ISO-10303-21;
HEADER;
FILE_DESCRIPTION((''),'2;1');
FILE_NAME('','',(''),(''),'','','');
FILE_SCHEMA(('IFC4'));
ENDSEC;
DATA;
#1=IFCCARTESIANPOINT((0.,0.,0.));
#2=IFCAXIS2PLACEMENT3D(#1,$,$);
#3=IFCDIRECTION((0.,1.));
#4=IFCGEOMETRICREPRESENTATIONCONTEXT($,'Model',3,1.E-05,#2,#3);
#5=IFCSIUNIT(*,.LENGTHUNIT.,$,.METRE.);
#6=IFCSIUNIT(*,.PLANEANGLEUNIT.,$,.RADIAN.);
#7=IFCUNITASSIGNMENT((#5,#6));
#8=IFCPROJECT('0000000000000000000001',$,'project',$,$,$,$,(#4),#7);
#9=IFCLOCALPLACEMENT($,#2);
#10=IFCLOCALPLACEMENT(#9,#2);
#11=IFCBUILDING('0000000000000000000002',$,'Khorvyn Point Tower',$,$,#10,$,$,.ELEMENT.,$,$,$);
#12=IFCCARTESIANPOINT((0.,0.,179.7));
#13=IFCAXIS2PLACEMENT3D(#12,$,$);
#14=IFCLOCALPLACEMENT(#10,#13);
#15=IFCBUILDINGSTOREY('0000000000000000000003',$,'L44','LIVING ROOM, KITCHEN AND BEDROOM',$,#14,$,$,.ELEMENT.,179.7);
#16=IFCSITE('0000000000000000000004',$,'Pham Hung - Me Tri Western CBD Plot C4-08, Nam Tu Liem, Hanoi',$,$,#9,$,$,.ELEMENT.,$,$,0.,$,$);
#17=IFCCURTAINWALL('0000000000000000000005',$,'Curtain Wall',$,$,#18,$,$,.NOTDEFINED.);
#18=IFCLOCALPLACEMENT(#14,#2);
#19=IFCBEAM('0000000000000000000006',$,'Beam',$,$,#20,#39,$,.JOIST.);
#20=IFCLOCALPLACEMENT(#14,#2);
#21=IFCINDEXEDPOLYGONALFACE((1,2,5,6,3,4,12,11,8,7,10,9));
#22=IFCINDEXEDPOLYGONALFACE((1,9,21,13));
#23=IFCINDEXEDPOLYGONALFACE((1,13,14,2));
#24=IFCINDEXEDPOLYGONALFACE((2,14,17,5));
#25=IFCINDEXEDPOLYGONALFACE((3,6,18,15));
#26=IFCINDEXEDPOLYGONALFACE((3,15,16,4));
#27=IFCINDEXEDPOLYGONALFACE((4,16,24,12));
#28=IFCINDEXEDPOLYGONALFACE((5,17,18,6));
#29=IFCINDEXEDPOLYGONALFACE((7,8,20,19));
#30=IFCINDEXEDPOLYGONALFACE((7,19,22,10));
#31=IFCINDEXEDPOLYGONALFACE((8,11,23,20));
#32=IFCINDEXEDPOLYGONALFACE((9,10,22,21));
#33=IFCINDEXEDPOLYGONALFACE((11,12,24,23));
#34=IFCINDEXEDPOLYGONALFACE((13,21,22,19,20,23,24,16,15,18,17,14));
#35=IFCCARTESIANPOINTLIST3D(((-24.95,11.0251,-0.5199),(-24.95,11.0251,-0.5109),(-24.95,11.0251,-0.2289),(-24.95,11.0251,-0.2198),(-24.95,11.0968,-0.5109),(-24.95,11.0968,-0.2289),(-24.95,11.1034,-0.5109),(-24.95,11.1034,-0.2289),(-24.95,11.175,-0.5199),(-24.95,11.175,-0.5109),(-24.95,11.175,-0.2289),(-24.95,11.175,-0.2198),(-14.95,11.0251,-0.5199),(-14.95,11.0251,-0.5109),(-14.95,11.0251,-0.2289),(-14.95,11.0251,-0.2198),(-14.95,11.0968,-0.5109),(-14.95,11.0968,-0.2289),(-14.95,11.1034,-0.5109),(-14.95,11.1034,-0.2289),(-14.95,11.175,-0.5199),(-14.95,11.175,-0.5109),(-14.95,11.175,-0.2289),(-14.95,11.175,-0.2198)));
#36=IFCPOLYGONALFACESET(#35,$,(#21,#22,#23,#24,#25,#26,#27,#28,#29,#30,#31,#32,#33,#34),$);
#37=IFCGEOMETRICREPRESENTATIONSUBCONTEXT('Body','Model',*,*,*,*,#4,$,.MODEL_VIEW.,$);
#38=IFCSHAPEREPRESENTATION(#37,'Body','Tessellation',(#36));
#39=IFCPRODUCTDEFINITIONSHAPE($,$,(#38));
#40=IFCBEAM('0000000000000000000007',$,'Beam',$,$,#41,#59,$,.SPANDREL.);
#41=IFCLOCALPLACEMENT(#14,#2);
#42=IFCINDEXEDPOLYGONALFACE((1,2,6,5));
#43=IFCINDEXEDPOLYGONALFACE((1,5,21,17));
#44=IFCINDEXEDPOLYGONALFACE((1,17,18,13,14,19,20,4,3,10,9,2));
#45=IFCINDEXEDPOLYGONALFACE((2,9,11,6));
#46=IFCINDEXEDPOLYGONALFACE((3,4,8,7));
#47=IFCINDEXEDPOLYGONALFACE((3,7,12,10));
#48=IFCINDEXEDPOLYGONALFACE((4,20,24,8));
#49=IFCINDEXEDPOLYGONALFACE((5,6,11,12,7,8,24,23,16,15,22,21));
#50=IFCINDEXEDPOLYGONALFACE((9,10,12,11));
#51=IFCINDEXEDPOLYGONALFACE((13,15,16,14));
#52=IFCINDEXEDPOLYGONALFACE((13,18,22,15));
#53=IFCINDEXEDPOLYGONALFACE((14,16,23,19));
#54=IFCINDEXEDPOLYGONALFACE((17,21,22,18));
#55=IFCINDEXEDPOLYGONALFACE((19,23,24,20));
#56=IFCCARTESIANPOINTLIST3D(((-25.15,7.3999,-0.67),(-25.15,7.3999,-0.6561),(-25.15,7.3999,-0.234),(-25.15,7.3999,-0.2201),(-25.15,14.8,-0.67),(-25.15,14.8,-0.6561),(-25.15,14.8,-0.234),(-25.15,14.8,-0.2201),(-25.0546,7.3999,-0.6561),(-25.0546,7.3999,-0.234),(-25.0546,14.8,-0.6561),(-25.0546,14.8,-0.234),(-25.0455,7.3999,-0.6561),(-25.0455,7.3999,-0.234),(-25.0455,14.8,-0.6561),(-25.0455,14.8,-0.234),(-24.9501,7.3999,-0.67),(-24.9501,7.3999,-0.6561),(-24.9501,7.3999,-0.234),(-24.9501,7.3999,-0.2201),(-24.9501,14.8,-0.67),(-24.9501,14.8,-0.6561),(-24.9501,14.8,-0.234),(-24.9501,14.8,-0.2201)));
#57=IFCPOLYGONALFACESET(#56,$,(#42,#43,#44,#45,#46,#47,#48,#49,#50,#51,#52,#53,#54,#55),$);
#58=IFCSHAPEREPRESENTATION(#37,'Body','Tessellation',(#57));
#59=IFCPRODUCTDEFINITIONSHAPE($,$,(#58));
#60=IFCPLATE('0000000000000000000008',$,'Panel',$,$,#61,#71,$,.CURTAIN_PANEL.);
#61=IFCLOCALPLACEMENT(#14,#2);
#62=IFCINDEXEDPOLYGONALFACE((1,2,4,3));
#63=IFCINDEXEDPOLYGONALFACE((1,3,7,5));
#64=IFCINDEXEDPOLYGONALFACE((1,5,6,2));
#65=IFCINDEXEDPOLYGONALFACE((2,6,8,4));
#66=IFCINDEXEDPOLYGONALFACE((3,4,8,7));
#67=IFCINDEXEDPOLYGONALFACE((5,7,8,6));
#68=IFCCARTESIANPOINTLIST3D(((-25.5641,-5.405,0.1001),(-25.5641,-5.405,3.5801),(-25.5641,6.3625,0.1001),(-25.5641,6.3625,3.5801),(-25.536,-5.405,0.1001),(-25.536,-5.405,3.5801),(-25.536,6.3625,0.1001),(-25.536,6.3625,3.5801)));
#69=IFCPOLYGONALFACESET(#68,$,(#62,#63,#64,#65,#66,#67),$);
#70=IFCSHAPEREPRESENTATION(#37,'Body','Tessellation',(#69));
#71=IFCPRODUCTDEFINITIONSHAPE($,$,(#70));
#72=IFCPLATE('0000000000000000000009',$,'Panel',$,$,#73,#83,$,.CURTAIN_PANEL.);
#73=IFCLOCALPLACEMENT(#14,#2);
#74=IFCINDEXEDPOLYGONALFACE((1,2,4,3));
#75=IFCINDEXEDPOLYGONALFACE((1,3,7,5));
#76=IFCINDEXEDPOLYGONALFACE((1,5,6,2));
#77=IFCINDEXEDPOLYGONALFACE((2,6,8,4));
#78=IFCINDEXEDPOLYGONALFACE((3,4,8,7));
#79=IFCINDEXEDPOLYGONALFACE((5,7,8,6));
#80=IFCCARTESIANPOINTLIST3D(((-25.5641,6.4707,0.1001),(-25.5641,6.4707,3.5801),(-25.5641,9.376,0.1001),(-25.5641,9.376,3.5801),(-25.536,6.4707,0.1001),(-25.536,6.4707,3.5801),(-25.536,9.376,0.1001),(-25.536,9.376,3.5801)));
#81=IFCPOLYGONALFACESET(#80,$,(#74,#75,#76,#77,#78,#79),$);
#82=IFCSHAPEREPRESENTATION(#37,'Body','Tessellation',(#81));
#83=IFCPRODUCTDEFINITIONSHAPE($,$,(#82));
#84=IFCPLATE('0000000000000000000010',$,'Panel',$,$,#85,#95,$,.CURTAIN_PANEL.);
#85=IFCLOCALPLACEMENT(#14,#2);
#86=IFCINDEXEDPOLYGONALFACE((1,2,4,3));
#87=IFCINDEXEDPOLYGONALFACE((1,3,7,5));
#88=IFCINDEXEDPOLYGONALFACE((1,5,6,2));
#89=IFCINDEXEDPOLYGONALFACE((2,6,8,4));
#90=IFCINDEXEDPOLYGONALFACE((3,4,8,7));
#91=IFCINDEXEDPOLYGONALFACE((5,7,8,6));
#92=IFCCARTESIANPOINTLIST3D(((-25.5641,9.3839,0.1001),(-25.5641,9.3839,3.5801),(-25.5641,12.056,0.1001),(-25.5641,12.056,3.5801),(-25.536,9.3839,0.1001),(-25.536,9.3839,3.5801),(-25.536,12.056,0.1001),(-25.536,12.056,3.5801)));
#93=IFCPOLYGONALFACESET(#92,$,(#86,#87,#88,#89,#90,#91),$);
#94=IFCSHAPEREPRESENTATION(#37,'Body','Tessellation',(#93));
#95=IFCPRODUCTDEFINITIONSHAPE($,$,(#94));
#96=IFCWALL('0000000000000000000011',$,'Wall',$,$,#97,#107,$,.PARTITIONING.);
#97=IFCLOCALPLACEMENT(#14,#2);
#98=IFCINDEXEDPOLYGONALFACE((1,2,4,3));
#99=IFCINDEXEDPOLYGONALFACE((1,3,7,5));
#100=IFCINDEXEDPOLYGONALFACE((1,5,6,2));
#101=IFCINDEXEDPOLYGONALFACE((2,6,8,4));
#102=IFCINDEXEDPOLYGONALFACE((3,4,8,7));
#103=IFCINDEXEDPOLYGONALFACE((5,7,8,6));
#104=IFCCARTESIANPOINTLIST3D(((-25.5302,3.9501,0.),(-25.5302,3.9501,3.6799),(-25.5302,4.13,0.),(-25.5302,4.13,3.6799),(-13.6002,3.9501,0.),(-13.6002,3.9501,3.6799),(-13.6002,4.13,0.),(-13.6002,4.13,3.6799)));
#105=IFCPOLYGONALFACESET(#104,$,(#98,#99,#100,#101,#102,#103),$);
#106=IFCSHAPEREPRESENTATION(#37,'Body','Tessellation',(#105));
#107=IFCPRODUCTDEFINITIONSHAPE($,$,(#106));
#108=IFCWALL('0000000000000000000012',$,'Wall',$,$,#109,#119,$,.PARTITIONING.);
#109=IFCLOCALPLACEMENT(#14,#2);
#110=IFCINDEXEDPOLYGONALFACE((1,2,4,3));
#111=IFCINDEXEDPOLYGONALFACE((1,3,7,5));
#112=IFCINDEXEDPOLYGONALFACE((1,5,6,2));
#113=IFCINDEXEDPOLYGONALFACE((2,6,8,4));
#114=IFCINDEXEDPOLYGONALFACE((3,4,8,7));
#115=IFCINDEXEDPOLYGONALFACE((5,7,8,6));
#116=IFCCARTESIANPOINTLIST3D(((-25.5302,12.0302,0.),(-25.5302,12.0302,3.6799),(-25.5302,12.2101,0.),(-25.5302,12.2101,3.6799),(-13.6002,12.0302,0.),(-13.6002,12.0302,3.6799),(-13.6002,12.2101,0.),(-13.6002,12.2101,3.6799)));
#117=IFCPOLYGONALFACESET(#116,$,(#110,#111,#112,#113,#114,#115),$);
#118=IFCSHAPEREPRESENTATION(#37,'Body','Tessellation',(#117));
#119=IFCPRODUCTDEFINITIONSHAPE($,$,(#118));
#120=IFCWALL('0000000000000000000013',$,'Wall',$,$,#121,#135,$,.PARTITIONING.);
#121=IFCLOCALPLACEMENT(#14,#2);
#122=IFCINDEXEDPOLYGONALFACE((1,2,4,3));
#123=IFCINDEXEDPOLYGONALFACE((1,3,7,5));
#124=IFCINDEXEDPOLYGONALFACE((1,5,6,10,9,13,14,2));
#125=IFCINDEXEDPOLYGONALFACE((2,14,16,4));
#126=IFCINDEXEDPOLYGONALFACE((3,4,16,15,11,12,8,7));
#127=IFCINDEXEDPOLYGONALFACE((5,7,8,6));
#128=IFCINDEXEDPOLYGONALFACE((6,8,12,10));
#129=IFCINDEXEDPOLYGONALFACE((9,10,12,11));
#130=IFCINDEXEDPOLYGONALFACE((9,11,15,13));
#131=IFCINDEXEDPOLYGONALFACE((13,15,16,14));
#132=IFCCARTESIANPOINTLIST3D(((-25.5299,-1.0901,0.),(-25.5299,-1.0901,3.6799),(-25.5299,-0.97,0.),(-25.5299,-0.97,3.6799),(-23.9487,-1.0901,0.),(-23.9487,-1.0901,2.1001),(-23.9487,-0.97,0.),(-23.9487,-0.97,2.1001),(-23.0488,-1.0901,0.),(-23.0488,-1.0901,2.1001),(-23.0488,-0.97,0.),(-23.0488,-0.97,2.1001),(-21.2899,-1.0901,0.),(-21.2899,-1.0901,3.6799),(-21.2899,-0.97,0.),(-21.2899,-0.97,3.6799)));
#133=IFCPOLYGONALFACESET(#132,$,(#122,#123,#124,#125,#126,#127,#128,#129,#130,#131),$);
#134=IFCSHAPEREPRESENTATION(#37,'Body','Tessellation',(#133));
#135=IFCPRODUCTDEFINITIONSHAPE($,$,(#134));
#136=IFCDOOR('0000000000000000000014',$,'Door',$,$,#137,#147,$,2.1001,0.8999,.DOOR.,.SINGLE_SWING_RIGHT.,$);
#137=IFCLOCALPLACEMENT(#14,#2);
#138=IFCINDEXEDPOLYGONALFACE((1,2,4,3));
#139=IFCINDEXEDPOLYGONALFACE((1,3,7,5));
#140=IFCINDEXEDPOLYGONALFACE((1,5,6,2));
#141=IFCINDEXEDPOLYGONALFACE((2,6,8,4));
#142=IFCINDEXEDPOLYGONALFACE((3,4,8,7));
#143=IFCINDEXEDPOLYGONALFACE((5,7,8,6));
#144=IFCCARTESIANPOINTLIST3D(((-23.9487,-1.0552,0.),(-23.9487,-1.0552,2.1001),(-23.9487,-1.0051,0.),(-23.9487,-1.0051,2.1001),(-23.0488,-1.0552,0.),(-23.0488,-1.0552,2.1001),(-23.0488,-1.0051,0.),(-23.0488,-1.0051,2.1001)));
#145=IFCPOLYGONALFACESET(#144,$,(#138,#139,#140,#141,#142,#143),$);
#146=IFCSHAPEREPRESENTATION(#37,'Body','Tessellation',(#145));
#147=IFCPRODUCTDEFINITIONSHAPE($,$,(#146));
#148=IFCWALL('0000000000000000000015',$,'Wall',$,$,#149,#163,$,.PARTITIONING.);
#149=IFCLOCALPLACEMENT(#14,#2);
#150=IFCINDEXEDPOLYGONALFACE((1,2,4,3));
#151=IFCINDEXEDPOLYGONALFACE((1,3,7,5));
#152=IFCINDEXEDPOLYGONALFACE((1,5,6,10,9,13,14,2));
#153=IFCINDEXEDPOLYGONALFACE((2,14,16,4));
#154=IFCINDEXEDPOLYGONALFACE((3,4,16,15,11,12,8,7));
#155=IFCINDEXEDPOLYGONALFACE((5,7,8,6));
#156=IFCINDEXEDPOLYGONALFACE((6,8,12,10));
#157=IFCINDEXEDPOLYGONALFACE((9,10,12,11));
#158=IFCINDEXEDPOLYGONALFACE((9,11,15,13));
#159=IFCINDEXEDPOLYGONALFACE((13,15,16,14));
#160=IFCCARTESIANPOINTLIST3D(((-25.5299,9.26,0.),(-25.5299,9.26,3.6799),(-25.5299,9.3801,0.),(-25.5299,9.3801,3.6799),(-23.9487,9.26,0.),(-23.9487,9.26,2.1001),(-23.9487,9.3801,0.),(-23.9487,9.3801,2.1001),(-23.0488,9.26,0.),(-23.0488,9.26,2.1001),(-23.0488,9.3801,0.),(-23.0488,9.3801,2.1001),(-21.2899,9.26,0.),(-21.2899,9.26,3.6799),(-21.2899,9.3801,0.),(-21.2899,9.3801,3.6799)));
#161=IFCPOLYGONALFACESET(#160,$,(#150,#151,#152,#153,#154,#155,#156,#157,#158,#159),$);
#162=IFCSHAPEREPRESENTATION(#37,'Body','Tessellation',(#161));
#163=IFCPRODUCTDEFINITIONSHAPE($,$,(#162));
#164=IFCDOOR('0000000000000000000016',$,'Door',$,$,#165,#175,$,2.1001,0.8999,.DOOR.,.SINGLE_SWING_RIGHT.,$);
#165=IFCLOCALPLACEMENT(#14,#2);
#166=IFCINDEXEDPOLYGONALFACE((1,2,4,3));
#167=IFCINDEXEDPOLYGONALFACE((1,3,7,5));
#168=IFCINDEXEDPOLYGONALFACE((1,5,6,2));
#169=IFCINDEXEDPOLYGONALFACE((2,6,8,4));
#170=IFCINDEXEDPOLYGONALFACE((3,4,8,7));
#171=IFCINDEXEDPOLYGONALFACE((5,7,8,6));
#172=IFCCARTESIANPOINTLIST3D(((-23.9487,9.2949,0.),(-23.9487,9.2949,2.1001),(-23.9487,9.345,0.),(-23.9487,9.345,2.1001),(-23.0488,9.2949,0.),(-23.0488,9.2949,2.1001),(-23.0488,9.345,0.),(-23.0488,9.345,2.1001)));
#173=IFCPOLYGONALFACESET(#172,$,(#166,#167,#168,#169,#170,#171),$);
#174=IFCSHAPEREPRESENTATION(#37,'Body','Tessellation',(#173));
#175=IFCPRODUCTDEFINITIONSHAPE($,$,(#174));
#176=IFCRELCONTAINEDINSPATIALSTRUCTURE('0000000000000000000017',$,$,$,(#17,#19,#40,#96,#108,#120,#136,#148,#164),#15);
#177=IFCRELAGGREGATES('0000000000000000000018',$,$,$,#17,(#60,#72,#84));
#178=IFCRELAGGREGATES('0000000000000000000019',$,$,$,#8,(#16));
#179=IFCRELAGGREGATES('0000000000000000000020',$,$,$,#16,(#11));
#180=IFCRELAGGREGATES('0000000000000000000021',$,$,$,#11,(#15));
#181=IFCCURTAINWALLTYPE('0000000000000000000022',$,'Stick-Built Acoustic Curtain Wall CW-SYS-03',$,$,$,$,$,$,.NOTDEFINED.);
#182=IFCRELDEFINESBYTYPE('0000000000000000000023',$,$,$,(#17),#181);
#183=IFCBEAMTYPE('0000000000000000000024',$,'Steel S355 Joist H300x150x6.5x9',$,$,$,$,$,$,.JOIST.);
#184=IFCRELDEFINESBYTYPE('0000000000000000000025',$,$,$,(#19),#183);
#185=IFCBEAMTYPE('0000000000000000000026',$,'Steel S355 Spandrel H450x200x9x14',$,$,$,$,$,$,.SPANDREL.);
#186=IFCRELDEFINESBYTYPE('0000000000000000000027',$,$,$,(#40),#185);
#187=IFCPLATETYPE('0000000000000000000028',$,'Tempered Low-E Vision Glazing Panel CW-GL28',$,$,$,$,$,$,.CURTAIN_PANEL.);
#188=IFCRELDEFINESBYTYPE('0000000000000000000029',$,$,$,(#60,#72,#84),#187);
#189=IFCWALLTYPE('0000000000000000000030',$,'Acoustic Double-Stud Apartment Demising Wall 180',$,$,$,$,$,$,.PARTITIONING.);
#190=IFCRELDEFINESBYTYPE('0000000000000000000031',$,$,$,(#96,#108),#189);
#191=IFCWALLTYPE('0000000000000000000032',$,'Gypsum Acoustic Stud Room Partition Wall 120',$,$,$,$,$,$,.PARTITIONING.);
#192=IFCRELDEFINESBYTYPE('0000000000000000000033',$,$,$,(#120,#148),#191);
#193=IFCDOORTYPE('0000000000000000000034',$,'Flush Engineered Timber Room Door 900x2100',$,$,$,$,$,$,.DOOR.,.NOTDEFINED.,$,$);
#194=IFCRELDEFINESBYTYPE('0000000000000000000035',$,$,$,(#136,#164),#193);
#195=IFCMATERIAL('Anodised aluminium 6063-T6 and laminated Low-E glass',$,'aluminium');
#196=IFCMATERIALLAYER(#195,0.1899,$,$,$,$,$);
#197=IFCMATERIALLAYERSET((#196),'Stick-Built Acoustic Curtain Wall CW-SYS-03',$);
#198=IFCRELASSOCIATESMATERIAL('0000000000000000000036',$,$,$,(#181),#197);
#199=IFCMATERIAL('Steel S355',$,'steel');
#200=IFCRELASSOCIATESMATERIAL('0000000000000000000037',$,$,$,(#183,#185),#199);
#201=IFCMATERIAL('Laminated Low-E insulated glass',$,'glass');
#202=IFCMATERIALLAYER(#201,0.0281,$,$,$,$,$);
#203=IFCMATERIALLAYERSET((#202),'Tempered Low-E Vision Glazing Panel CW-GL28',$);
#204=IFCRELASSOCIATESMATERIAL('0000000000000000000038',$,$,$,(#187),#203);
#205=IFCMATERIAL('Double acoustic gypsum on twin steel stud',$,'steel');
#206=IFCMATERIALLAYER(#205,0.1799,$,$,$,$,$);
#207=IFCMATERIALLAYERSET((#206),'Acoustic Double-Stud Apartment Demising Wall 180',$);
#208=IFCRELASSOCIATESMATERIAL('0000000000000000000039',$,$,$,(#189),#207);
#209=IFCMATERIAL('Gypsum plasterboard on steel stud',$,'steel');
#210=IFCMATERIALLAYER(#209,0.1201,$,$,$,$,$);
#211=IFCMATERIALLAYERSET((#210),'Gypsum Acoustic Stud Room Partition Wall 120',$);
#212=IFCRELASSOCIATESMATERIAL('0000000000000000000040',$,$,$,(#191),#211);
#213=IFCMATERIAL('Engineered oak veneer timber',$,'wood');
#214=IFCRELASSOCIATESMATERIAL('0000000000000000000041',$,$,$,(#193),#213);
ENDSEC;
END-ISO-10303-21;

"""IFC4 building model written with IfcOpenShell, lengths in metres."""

from ifc_helpers import new_model, si_unit, direction, frame, frame_2d, origin, origin_2d, place, context, subcontext, project, spatial, rectangle, i_section, extrude, material, layer, layer_set, material_profile, profile_set, type_object, element, fill, aggregate, save


model = new_model("IFC4")

# Units and contexts
model_context = context("Model", 3, precision=1e-05, world=origin(), true_north=direction((0.0, 1.0)))
body_context = subcontext(model_context, "Body", "Model", "MODEL_VIEW")
ifc_project = project(units=[si_unit("LENGTHUNIT", "METRE"), si_unit("PLANEANGLEUNIT", "RADIAN")], contexts=[model_context])

# Site, building, storey
site_placement = place(None, origin())
site = spatial("IfcSite", under=ifc_project, at=site_placement, Name="Pham Hung - Me Tri Western CBD Plot C4-08, Nam Tu Liem, Hanoi", CompositionType="ELEMENT", RefElevation=0.0)
building_placement = place(site_placement, origin())
building = spatial("IfcBuilding", under=site, at=building_placement, Name="Khorvyn Point Tower", CompositionType="ELEMENT")
storey_placement = place(building_placement, frame((0.0, 0.0, 179.7)))
storey = spatial("IfcBuildingStorey", under=building, at=storey_placement, Name="L44", Description="LIVING ROOM, KITCHEN AND BEDROOM", CompositionType="ELEMENT", Elevation=179.7)

# Curtain wall
ifc_material_1 = material(Name="Anodised aluminium 6063-T6 and laminated Low-E glass", Category="aluminium")
ifc_layer_1 = layer(ifc_material_1, 0.1899)
ifc_layer_set_1 = layer_set([ifc_layer_1], Name="Stick-Built Acoustic Curtain Wall CW-SYS-03")
curtain_wall_type = type_object("IfcCurtainWallType", Name="Stick-Built Acoustic Curtain Wall CW-SYS-03", PredefinedType="NOTDEFINED", material=ifc_layer_set_1)
curtain_wall_placement = place(storey_placement, origin())
curtain_wall = element("IfcCurtainWall", 1, at=curtain_wall_placement, inside=storey, type_object=curtain_wall_type, Name="Curtain Wall", PredefinedType="NOTDEFINED")

# Beams
ifc_material_2 = material(Name="Steel S355", Category="steel")
ifc_material_profile_1 = material_profile(ifc_material_2, i_section(OverallWidth=0.1499, OverallDepth=0.3, WebThickness=0.0066, FlangeThickness=0.009, at=origin_2d()))
ifc_profile_set_1 = profile_set([ifc_material_profile_1], Name="Steel S355 H300x150x6.5x9")
beam_type_1 = type_object("IfcBeamType", Name="Steel S355 Joist H300x150x6.5x9", PredefinedType="JOIST", material=ifc_profile_set_1)
beam_1_placement = place(storey_placement, frame((-24.95, 11.1001, -0.3699), z_axis=(1.0, 0.0, 0.0), x_axis=(0.0, 1.0, 0.0)))
element("IfcBeam", 2, at=beam_1_placement, inside=storey, type_object=beam_type_1, Name="Beam", PredefinedType="JOIST", context=body_context, shape_type="SweptSolid", body=[
    extrude(i_section(OverallWidth=0.1499, OverallDepth=0.3, WebThickness=0.0066, FlangeThickness=0.009, at=origin_2d()), origin(), (0.0, 0.0, 1.0), 10.0),
])
ifc_material_profile_2 = material_profile(ifc_material_2, i_section(OverallWidth=0.2, OverallDepth=0.45, WebThickness=0.009, FlangeThickness=0.0139, at=origin_2d()))
ifc_profile_set_2 = profile_set([ifc_material_profile_2], Name="Steel S355 H450x200x9x14")
beam_type_2 = type_object("IfcBeamType", Name="Steel S355 Spandrel H450x200x9x14", PredefinedType="SPANDREL", material=ifc_profile_set_2)
beam_2_placement = place(storey_placement, frame((-25.05, 7.3999, -0.4451), z_axis=(0.0, 1.0, 0.0), x_axis=(-1.0, 0.0, 0.0)))
element("IfcBeam", 3, at=beam_2_placement, inside=storey, type_object=beam_type_2, Name="Beam", PredefinedType="SPANDREL", context=body_context, shape_type="SweptSolid", body=[
    extrude(i_section(OverallWidth=0.2, OverallDepth=0.45, WebThickness=0.009, FlangeThickness=0.0139, at=origin_2d()), origin(), (0.0, 0.0, 1.0), 7.4001),
])

# Plates
ifc_material_3 = material(Name="Laminated Low-E insulated glass", Category="glass")
ifc_layer_2 = layer(ifc_material_3, 0.0281)
ifc_layer_set_2 = layer_set([ifc_layer_2], Name="Tempered Low-E Vision Glazing Panel CW-GL28")
plate_type = type_object("IfcPlateType", Name="Tempered Low-E Vision Glazing Panel CW-GL28", PredefinedType="CURTAIN_PANEL", material=ifc_layer_set_2)
plate_1_placement = place(storey_placement, frame((-25.55, 0.4788, 0.1001), z_axis=(0.0, 0.0, 1.0), x_axis=(0.0, 1.0, 0.0)))
plate_1 = element("IfcPlate", 4, at=plate_1_placement, type_object=plate_type, Name="Panel", PredefinedType="CURTAIN_PANEL", context=body_context, shape_type="SweptSolid", body=[
    extrude(rectangle(XDim=11.7676, YDim=0.0281, at=origin_2d()), origin(), (0.0, 0.0, 1.0), 3.48),
])
plate_2_placement = place(storey_placement, frame((-25.55, 7.9233, 0.1001), z_axis=(0.0, 0.0, 1.0), x_axis=(0.0, 1.0, 0.0)))
plate_2 = element("IfcPlate", 5, at=plate_2_placement, type_object=plate_type, Name="Panel", PredefinedType="CURTAIN_PANEL", context=body_context, shape_type="SweptSolid", body=[
    extrude(rectangle(XDim=2.9053, YDim=0.0281, at=origin_2d()), origin(), (0.0, 0.0, 1.0), 3.48),
])
plate_3_placement = place(storey_placement, frame((-25.55, 10.72, 0.1001), z_axis=(0.0, 0.0, 1.0), x_axis=(0.0, 1.0, 0.0)))
plate_3 = element("IfcPlate", 6, at=plate_3_placement, type_object=plate_type, Name="Panel", PredefinedType="CURTAIN_PANEL", context=body_context, shape_type="SweptSolid", body=[
    extrude(rectangle(XDim=2.6721, YDim=0.0281, at=origin_2d()), origin(), (0.0, 0.0, 1.0), 3.48),
])
aggregate(curtain_wall, [plate_1, plate_2, plate_3])

# Walls
ifc_material_4 = material(Name="Double acoustic gypsum on twin steel stud", Category="steel")
ifc_layer_3 = layer(ifc_material_4, 0.1799)
ifc_layer_set_3 = layer_set([ifc_layer_3], Name="Acoustic Double-Stud Apartment Demising Wall 180")
wall_type_1 = type_object("IfcWallType", Name="Acoustic Double-Stud Apartment Demising Wall 180", PredefinedType="PARTITIONING", material=ifc_layer_set_3)
for number, where, z_axis, x_axis, name in (
    (7, (-25.53, 4.04, 0.0), (0.0, 0.0, 1.0), (1.0, 0.0, 0.0), "Wall"),
    (8, (-25.53, 12.1201, 0.0), (0.0, 0.0, 1.0), (1.0, 0.0, 0.0), "Wall"),
):
    element("IfcWall", number, at=place(storey_placement, frame(where, z_axis=z_axis, x_axis=x_axis)), inside=storey, type_object=wall_type_1, Name=name, PredefinedType="PARTITIONING", context=body_context, shape_type="SweptSolid", body=[
        extrude(rectangle(XDim=11.9299, YDim=0.1799, at=frame_2d((5.9648, 0.0))), origin(), (0.0, 0.0, 1.0), 3.6799),
    ])

# Walls, openings, doors
ifc_material_5 = material(Name="Gypsum plasterboard on steel stud", Category="steel")
ifc_layer_4 = layer(ifc_material_5, 0.1201)
ifc_layer_set_4 = layer_set([ifc_layer_4], Name="Gypsum Acoustic Stud Room Partition Wall 120")
wall_type_2 = type_object("IfcWallType", Name="Gypsum Acoustic Stud Room Partition Wall 120", PredefinedType="PARTITIONING", material=ifc_layer_set_4)
wall_1_placement = place(storey_placement, frame((-25.53, -1.03, 0.0), z_axis=(0.0, 0.0, 1.0), x_axis=(1.0, 0.0, 0.0)))
wall_1 = element("IfcWall", 9, at=wall_1_placement, inside=storey, type_object=wall_type_2, Name="Wall", PredefinedType="PARTITIONING", context=body_context, shape_type="SweptSolid", body=[
    extrude(rectangle(XDim=4.24, YDim=0.1201, at=frame_2d((2.1201, 0.0))), origin(), (0.0, 0.0, 1.0), 3.6799),
])
opening_1_placement = place(wall_1_placement, frame((1.5813, 0.0, 0.0)))
opening_1 = element("IfcOpeningElement", 10, at=opening_1_placement, cuts=wall_1, PredefinedType="OPENING", context=body_context, shape_type="SweptSolid", body=[
    extrude(rectangle(XDim=0.8999, YDim=2.1001, at=frame_2d((0.45, 1.05))), frame((0.0, 0.0701, 0.0), z_axis=(0.0, -1.0, 0.0), x_axis=(1.0, 0.0, 0.0)), (0.0, 0.0, 1.0), 0.1401),
])
ifc_material_6 = material(Name="Engineered oak veneer timber", Category="wood")
door_type_1 = type_object("IfcDoorType", Name="Flush Engineered Timber Room Door 900x2100", OperationType="NOTDEFINED", PredefinedType="DOOR", material=ifc_material_6)
door_1_placement = place(opening_1_placement, origin())
door_1 = element("IfcDoor", 11, at=door_1_placement, inside=storey, type_object=door_type_1, Name="Door", OperationType="SINGLE_SWING_RIGHT", OverallHeight=2.1001, OverallWidth=0.8999, PredefinedType="DOOR", context=body_context, shape_type="SweptSolid", body=[
    extrude(rectangle(XDim=0.8999, YDim=2.1001, at=frame_2d((0.45, 1.05))), frame((0.0, 0.0249, 0.0), z_axis=(0.0, -1.0, 0.0), x_axis=(1.0, 0.0, 0.0)), (0.0, 0.0, 1.0), 0.05),
])
fill(opening_1, door_1)
wall_2_placement = place(storey_placement, frame((-25.53, 9.3201, 0.0), z_axis=(0.0, 0.0, 1.0), x_axis=(1.0, 0.0, 0.0)))
wall_2 = element("IfcWall", 12, at=wall_2_placement, inside=storey, type_object=wall_type_2, Name="Wall", PredefinedType="PARTITIONING", context=body_context, shape_type="SweptSolid", body=[
    extrude(rectangle(XDim=4.24, YDim=0.1201, at=frame_2d((2.1201, 0.0))), origin(), (0.0, 0.0, 1.0), 3.6799),
])
opening_2_placement = place(wall_2_placement, frame((1.5813, 0.0, 0.0)))
opening_2 = element("IfcOpeningElement", 13, at=opening_2_placement, cuts=wall_2, PredefinedType="OPENING", context=body_context, shape_type="SweptSolid", body=[
    extrude(rectangle(XDim=0.8999, YDim=2.1001, at=frame_2d((0.45, 1.05))), frame((0.0, 0.0701, 0.0), z_axis=(0.0, -1.0, 0.0), x_axis=(1.0, 0.0, 0.0)), (0.0, 0.0, 1.0), 0.1401),
])
door_2_placement = place(opening_2_placement, origin())
door_2 = element("IfcDoor", 14, at=door_2_placement, inside=storey, type_object=door_type_1, Name="Door", OperationType="SINGLE_SWING_RIGHT", OverallHeight=2.1001, OverallWidth=0.8999, PredefinedType="DOOR", context=body_context, shape_type="SweptSolid", body=[
    extrude(rectangle(XDim=0.8999, YDim=2.1001, at=frame_2d((0.45, 1.05))), frame((0.0, 0.0249, 0.0), z_axis=(0.0, -1.0, 0.0), x_axis=(1.0, 0.0, 0.0)), (0.0, 0.0, 1.0), 0.05),
])
fill(opening_2, door_2)

save(model, "model.ifc")
